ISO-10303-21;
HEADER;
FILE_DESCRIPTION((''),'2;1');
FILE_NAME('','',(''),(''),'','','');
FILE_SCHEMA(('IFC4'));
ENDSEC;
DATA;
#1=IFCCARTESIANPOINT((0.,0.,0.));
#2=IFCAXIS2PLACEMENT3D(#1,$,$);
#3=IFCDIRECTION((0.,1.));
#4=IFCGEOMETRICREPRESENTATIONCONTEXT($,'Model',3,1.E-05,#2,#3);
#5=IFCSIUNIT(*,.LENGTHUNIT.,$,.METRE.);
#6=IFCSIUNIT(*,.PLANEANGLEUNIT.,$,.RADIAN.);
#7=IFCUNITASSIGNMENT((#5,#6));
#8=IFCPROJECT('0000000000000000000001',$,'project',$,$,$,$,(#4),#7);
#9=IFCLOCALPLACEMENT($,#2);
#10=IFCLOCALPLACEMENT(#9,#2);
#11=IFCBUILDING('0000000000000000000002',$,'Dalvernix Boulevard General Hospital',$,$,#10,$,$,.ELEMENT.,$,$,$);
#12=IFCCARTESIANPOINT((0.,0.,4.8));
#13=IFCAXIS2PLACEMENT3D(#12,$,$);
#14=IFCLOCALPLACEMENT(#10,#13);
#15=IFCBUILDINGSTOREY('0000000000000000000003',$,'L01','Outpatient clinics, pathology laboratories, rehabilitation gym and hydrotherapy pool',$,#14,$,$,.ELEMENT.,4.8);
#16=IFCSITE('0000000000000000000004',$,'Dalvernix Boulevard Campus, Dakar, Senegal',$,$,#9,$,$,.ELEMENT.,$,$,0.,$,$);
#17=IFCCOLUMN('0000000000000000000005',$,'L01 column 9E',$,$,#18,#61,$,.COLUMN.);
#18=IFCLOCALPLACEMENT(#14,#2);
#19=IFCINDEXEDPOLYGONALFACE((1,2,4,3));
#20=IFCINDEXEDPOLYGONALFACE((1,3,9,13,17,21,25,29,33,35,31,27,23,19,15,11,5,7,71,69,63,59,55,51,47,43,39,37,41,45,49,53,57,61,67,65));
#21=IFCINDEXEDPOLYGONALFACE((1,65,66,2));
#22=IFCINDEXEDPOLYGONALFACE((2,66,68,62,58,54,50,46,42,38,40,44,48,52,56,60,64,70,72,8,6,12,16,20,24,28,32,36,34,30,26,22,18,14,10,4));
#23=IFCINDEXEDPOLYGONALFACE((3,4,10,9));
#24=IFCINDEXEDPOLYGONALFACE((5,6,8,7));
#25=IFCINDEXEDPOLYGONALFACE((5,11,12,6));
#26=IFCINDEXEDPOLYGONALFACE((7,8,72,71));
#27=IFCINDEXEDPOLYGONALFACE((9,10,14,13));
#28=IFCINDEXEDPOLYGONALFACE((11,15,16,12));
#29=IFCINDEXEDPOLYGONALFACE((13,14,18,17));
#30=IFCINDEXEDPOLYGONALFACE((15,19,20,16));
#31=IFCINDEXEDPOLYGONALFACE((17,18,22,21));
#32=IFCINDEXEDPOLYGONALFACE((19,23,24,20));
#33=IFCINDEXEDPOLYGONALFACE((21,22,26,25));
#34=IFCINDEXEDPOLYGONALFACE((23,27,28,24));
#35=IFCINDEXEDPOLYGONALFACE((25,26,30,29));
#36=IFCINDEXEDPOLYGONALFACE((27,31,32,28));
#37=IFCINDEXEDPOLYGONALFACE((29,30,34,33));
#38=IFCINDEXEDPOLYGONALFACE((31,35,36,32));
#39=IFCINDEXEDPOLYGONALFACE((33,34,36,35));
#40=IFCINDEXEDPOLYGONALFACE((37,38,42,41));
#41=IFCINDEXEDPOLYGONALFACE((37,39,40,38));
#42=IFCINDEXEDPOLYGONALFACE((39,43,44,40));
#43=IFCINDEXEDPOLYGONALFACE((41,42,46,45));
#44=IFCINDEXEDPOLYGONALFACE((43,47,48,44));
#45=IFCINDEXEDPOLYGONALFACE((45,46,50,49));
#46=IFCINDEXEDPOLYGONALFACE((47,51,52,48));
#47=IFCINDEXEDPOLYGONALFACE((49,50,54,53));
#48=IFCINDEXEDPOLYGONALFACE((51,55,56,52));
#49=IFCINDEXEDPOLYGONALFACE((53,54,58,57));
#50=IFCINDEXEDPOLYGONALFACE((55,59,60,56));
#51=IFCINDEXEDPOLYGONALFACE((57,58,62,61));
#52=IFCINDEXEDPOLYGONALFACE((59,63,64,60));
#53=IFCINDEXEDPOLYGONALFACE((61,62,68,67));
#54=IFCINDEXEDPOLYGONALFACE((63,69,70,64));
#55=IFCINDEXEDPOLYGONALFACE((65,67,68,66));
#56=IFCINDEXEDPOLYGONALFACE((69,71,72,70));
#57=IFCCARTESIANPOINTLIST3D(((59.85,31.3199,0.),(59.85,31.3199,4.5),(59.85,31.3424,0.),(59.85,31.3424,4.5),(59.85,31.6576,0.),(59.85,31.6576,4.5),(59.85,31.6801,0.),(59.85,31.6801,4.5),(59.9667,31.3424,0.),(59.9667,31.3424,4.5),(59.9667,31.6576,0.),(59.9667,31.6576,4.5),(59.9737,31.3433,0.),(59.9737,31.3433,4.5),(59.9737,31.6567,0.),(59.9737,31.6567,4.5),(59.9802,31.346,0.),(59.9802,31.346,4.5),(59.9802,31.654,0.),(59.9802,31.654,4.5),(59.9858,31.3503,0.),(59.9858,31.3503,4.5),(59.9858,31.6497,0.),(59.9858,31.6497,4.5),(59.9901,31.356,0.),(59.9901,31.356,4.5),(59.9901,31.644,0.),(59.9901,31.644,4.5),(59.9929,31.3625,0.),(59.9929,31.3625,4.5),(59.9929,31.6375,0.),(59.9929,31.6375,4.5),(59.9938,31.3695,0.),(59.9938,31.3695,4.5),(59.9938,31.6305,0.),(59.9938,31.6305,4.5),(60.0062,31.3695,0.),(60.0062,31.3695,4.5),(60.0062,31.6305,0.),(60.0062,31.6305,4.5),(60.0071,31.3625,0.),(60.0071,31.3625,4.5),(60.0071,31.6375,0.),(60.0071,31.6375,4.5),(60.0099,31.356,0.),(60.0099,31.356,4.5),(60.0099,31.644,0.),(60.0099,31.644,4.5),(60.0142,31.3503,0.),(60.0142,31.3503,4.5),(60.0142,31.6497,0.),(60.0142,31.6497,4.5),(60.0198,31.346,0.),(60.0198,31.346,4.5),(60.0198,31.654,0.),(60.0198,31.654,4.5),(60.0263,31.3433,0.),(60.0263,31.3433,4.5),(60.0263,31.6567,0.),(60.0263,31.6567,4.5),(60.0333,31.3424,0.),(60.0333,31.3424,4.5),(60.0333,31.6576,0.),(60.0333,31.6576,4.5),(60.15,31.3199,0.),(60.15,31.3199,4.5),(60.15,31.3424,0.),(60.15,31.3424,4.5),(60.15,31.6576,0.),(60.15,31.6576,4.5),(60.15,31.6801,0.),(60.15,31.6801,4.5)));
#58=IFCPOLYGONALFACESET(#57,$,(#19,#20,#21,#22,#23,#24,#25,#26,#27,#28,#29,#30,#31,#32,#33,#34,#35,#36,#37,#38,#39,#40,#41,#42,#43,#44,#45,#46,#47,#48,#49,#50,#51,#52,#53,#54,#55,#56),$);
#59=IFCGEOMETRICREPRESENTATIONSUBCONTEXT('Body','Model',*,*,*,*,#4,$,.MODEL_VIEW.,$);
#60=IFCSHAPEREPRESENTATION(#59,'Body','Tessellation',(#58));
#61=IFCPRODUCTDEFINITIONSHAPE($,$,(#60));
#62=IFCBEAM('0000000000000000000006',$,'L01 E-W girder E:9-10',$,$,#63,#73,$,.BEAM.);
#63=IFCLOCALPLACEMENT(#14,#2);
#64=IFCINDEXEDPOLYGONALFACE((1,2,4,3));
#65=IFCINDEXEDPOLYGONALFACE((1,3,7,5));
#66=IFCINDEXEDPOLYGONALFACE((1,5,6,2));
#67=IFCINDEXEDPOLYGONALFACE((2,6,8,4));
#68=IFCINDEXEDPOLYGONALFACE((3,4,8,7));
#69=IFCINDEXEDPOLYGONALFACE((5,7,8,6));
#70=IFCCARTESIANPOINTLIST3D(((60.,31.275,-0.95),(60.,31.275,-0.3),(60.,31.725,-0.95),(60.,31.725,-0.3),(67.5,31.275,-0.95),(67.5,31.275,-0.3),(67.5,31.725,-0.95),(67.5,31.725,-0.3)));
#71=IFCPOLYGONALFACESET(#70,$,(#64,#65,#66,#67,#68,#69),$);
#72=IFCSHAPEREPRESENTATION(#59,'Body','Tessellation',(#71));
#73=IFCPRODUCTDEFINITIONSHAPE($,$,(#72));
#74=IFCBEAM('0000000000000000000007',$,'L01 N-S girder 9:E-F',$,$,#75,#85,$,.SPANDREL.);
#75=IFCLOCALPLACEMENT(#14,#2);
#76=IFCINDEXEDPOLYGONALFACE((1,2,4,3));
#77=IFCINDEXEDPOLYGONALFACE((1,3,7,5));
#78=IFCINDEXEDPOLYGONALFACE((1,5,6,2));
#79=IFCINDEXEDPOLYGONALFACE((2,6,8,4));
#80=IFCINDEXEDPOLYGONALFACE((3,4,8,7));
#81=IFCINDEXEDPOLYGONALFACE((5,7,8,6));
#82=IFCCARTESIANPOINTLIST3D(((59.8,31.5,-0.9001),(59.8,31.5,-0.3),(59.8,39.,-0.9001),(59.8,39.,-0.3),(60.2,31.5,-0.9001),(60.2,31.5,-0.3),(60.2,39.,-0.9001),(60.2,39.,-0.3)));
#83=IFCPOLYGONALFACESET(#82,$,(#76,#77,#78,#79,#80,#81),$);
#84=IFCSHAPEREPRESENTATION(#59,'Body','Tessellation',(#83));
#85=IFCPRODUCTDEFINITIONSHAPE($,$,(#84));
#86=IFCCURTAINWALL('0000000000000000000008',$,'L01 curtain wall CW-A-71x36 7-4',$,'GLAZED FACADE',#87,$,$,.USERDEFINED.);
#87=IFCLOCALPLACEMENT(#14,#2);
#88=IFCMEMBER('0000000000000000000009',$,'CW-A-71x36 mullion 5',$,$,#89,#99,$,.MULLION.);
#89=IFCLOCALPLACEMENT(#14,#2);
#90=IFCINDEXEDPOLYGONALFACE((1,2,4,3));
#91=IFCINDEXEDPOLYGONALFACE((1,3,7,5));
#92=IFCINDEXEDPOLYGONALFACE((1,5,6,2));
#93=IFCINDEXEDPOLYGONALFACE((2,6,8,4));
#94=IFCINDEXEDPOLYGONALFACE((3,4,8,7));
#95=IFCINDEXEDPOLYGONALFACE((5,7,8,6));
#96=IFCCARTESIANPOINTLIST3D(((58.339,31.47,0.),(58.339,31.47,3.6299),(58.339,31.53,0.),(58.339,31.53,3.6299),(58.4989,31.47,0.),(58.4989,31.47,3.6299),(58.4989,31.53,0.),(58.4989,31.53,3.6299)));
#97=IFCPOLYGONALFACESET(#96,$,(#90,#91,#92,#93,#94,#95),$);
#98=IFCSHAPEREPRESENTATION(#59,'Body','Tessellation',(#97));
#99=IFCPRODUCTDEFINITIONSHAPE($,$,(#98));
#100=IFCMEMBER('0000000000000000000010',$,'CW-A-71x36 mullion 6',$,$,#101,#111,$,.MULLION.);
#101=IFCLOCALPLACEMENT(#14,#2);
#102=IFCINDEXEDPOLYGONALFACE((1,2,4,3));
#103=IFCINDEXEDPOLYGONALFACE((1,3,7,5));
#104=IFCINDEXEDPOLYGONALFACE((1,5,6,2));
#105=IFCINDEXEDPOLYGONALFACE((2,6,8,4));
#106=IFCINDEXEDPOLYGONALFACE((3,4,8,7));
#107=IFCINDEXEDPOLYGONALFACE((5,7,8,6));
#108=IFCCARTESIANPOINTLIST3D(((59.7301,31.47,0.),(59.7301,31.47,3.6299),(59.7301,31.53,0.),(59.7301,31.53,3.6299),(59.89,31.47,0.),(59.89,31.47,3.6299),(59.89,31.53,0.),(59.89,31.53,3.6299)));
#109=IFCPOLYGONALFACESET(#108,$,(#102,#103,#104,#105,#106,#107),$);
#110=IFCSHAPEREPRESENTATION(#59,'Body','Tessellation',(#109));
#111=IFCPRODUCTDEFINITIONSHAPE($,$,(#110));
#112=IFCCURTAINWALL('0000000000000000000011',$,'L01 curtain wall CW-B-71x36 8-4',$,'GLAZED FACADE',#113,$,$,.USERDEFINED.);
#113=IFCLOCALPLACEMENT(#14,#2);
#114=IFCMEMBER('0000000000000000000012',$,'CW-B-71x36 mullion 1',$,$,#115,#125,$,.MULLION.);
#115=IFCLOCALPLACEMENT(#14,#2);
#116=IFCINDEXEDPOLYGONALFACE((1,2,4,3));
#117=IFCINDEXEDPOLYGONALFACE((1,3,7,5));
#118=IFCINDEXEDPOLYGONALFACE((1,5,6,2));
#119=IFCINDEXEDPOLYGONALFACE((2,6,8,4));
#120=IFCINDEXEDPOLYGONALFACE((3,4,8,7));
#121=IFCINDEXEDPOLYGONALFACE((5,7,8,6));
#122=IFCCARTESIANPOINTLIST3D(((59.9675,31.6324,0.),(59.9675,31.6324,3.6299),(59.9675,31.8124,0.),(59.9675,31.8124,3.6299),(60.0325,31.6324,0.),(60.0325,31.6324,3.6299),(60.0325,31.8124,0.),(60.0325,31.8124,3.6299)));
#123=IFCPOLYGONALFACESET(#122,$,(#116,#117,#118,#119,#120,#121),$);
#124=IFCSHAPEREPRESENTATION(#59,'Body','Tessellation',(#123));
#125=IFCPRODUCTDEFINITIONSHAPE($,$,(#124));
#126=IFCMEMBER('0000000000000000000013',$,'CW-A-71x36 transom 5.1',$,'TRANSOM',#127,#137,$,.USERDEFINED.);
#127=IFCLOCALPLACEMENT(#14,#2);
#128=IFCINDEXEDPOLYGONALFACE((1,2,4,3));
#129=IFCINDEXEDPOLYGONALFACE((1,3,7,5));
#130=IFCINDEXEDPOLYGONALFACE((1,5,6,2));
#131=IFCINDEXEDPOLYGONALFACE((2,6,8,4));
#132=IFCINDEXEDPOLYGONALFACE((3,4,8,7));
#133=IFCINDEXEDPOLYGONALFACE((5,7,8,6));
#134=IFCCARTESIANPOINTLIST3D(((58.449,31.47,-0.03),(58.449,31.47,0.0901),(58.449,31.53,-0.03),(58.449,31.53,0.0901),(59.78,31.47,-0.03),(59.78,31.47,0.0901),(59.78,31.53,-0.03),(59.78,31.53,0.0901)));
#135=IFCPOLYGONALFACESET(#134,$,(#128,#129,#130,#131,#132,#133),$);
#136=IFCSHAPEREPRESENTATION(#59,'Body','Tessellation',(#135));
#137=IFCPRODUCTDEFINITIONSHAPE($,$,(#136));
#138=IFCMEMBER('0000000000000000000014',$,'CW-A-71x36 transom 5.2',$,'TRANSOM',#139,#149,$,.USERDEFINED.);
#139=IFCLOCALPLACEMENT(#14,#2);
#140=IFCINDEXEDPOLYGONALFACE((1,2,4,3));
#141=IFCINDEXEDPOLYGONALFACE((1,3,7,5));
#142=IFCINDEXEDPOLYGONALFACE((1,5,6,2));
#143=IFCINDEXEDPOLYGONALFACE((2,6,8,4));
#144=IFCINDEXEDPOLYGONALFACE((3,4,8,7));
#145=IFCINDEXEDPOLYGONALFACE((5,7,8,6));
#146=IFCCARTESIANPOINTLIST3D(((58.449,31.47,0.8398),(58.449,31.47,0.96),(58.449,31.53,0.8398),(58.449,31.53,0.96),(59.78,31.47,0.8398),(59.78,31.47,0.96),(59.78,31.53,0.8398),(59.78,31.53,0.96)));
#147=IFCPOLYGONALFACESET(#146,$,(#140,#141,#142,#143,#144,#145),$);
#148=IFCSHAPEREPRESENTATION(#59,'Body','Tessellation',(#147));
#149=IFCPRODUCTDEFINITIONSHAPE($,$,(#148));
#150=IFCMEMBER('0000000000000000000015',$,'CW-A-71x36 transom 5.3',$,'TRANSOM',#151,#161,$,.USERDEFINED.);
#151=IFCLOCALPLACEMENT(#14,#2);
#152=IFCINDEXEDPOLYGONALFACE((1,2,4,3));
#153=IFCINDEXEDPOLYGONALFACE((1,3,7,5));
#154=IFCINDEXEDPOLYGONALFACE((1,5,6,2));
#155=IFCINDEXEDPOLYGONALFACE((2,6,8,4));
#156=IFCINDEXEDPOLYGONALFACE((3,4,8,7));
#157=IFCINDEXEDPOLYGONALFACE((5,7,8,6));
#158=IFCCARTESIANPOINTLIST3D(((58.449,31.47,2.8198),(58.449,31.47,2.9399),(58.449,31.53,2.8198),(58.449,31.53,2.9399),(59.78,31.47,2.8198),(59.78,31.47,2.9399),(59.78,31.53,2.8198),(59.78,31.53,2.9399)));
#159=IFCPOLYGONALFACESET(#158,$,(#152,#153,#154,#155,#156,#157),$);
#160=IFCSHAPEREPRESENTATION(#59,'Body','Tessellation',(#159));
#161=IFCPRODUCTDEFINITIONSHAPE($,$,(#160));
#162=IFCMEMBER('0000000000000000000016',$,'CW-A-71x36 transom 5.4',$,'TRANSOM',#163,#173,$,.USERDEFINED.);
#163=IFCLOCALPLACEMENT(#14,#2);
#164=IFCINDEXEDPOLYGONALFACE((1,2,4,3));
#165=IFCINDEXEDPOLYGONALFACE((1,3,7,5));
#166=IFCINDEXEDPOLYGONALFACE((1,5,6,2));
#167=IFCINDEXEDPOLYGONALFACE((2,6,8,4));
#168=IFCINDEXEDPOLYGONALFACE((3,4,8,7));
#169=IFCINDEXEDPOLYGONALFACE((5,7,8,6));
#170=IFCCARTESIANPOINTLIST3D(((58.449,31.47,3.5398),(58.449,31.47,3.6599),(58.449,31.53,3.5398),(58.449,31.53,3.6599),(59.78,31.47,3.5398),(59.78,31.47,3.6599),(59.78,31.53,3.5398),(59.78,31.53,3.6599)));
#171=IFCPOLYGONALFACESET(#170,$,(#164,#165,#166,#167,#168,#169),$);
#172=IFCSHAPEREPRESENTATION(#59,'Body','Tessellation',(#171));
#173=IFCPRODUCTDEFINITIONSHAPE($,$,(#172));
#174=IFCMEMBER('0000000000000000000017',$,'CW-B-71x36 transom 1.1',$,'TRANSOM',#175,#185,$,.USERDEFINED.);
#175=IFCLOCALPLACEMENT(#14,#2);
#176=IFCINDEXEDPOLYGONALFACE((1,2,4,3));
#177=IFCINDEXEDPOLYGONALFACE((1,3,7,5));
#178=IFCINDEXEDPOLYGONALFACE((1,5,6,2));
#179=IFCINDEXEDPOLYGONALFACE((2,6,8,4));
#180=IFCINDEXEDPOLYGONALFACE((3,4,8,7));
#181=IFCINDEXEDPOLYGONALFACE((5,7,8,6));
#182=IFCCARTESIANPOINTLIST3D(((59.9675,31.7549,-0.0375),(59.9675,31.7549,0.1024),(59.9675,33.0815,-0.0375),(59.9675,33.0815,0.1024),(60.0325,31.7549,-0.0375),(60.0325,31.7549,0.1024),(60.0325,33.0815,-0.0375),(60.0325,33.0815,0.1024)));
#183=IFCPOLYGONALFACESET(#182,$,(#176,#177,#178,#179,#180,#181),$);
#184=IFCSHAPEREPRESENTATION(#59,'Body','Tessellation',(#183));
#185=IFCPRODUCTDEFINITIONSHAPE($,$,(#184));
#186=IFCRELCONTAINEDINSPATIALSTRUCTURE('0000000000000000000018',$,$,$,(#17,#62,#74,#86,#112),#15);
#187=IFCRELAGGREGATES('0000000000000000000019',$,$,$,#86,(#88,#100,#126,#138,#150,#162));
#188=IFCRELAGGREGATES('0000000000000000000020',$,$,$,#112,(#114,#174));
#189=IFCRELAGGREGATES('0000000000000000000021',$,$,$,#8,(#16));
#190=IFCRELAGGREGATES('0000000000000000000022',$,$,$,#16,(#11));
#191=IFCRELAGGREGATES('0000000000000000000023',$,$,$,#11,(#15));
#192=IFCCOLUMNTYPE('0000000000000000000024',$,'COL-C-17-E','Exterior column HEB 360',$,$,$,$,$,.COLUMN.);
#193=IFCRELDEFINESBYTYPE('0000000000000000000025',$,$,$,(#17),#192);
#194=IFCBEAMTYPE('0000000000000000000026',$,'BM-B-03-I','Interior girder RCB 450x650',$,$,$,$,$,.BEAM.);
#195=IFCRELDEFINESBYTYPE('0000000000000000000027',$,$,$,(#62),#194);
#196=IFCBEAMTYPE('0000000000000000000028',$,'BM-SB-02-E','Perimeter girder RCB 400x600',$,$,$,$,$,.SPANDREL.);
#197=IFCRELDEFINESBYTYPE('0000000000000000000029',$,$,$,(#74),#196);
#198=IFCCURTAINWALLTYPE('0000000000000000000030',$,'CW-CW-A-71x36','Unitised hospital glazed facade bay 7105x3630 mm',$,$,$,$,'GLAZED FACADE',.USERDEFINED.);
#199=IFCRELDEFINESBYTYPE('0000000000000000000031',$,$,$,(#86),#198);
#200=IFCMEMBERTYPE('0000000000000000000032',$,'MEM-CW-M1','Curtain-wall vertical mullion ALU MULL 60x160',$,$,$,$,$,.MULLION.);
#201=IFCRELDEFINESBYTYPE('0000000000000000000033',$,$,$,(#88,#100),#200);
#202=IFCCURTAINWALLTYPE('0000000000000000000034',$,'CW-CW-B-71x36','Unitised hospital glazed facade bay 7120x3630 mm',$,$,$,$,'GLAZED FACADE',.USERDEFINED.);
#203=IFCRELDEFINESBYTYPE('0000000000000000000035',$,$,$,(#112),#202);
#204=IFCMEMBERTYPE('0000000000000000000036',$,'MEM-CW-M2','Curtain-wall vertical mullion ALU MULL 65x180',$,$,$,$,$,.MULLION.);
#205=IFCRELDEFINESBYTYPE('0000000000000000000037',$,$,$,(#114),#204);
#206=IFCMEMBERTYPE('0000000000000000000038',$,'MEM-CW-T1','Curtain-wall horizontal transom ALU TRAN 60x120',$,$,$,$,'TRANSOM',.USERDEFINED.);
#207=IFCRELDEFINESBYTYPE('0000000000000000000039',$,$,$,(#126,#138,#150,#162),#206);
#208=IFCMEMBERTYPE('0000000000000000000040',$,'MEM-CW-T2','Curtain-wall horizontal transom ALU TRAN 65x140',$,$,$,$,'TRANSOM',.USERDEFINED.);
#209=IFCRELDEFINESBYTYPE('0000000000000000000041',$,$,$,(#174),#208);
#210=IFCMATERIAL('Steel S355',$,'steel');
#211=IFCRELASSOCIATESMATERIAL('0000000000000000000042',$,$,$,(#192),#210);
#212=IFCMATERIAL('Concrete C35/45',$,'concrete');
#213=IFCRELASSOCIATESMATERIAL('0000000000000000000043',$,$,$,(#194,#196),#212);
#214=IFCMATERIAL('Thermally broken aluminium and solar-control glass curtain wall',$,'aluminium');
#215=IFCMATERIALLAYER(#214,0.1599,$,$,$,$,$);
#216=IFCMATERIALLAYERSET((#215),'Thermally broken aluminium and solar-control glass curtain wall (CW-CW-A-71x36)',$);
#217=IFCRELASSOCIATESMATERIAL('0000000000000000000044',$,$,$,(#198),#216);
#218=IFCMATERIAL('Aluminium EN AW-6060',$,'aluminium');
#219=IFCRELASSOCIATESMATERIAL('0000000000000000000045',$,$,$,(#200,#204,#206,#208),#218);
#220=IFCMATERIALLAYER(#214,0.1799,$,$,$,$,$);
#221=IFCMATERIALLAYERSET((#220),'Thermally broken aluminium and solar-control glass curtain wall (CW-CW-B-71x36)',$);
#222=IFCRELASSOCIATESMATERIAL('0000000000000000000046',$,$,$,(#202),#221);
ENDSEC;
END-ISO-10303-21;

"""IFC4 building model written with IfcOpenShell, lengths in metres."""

from ifc_helpers import new_model, si_unit, direction, frame, origin, origin_2d, place, context, subcontext, project, spatial, rectangle, i_section, extrude, material, layer, layer_set, material_profile, profile_set, type_object, element, aggregate, save


model = new_model("IFC4")

# Units and contexts
model_context = context("Model", 3, precision=1e-05, world=origin(), true_north=direction((0.0, 1.0)))
body_context = subcontext(model_context, "Body", "Model", "MODEL_VIEW")
ifc_project = project(units=[si_unit("LENGTHUNIT", "METRE"), si_unit("PLANEANGLEUNIT", "RADIAN")], contexts=[model_context])

# Site, building, storey
site_placement = place(None, origin())
site = spatial("IfcSite", under=ifc_project, at=site_placement, Name="Dalvernix Boulevard Campus, Dakar, Senegal", CompositionType="ELEMENT", RefElevation=0.0)
building_placement = place(site_placement, origin())
building = spatial("IfcBuilding", under=site, at=building_placement, Name="Dalvernix Boulevard General Hospital", CompositionType="ELEMENT")
storey_placement = place(building_placement, frame((0.0, 0.0, 4.8)))
storey = spatial("IfcBuildingStorey", under=building, at=storey_placement, Name="L01", Description="Outpatient clinics, pathology laboratories, rehabilitation gym and hydrotherapy pool", CompositionType="ELEMENT", Elevation=4.8)

# Column
ifc_material_1 = material(Name="Steel S355", Category="steel")
ifc_material_profile_1 = material_profile(ifc_material_1, i_section(OverallWidth=0.3, OverallDepth=0.3601, WebThickness=0.0125, FlangeThickness=0.0225, FilletRadius=0.0271, at=origin_2d()), Name="HEB 360")
ifc_profile_set_1 = profile_set([ifc_material_profile_1], Name="Steel S355")
column_type = type_object("IfcColumnType", Name="COL-C-17-E", Description="Exterior column HEB 360", PredefinedType="COLUMN", material=ifc_profile_set_1)
column_placement = place(storey_placement, frame((60.0, 31.5, 0.0), z_axis=(0.0, 0.0, 1.0), x_axis=(1.0, 0.0, 0.0)))
element("IfcColumn", 1, at=column_placement, inside=storey, type_object=column_type, Name="L01 column 9E", PredefinedType="COLUMN", context=body_context, shape_type="SweptSolid", body=[
    extrude(i_section(OverallWidth=0.3, OverallDepth=0.3601, WebThickness=0.0125, FlangeThickness=0.0225, FilletRadius=0.0271, at=origin_2d()), origin(), (0.0, 0.0, 1.0), 4.5),
])

# Beams
ifc_material_2 = material(Name="Concrete C35/45", Category="concrete")
ifc_material_profile_2 = material_profile(ifc_material_2, rectangle(XDim=0.45, YDim=0.6499, at=origin_2d()), Name="RCB 450x650")
ifc_profile_set_2 = profile_set([ifc_material_profile_2], Name="Concrete C35/45")
beam_type_1 = type_object("IfcBeamType", Name="BM-B-03-I", Description="Interior girder RCB 450x650", PredefinedType="BEAM", material=ifc_profile_set_2)
beam_1_placement = place(storey_placement, frame((60.0, 31.5, -0.625), z_axis=(1.0, 0.0, 0.0), x_axis=(0.0, 1.0, 0.0)))
element("IfcBeam", 2, at=beam_1_placement, inside=storey, type_object=beam_type_1, Name="L01 E-W girder E:9-10", PredefinedType="BEAM", context=body_context, shape_type="SweptSolid", body=[
    extrude(rectangle(XDim=0.45, YDim=0.6499, at=origin_2d()), origin(), (0.0, 0.0, 1.0), 7.5),
])
ifc_material_profile_3 = material_profile(ifc_material_2, rectangle(XDim=0.3999, YDim=0.6001, at=origin_2d()), Name="RCB 400x600")
ifc_profile_set_3 = profile_set([ifc_material_profile_3], Name="Concrete C35/45")
beam_type_2 = type_object("IfcBeamType", Name="BM-SB-02-E", Description="Perimeter girder RCB 400x600", PredefinedType="SPANDREL", material=ifc_profile_set_3)
beam_2_placement = place(storey_placement, frame((60.0, 31.5, -0.6001), z_axis=(0.0, 1.0, 0.0), x_axis=(-1.0, 0.0, 0.0)))
element("IfcBeam", 3, at=beam_2_placement, inside=storey, type_object=beam_type_2, Name="L01 N-S girder 9:E-F", PredefinedType="SPANDREL", context=body_context, shape_type="SweptSolid", body=[
    extrude(rectangle(XDim=0.3999, YDim=0.6001, at=origin_2d()), origin(), (0.0, 0.0, 1.0), 7.5),
])

# Curtain wall, members
ifc_material_3 = material(Name="Thermally broken aluminium and solar-control glass curtain wall", Category="aluminium")
ifc_layer_1 = layer(ifc_material_3, 0.1599)
ifc_layer_set_1 = layer_set([ifc_layer_1], Name="Thermally broken aluminium and solar-control glass curtain wall (CW-CW-A-71x36)")
curtain_wall_type_1 = type_object("IfcCurtainWallType", Name="CW-CW-A-71x36", Description="Unitised hospital glazed facade bay 7105x3630 mm", ElementType="GLAZED FACADE", PredefinedType="USERDEFINED", material=ifc_layer_set_1)
curtain_wall_1_placement = place(storey_placement, origin())
curtain_wall_1 = element("IfcCurtainWall", 4, at=curtain_wall_1_placement, inside=storey, type_object=curtain_wall_type_1, Name="L01 curtain wall CW-A-71x36 7-4", ObjectType="GLAZED FACADE", PredefinedType="USERDEFINED")
ifc_material_4 = material(Name="Aluminium EN AW-6060", Category="aluminium")
ifc_material_profile_4 = material_profile(ifc_material_4, rectangle(XDim=0.0601, YDim=0.1599, at=origin_2d()), Name="ALU MULL 60x160")
ifc_profile_set_4 = profile_set([ifc_material_profile_4], Name="Aluminium EN AW-6060")
member_type_1 = type_object("IfcMemberType", Name="MEM-CW-M1", Description="Curtain-wall vertical mullion ALU MULL 60x160", PredefinedType="MULLION", material=ifc_profile_set_4)
member_1_placement = place(storey_placement, frame((58.4189, 31.5, 0.0), z_axis=(0.0, 0.0, 1.0), x_axis=(0.0, 1.0, 0.0)))
member_1 = element("IfcMember", 5, at=member_1_placement, type_object=member_type_1, Name="CW-A-71x36 mullion 5", PredefinedType="MULLION", context=body_context, shape_type="SweptSolid", body=[
    extrude(rectangle(XDim=0.0601, YDim=0.1599, at=origin_2d()), origin(), (0.0, 0.0, 1.0), 3.6299),
])
member_2_placement = place(storey_placement, frame((59.8101, 31.5, 0.0), z_axis=(0.0, 0.0, 1.0), x_axis=(0.0, 1.0, 0.0)))
member_2 = element("IfcMember", 6, at=member_2_placement, type_object=member_type_1, Name="CW-A-71x36 mullion 6", PredefinedType="MULLION", context=body_context, shape_type="SweptSolid", body=[
    extrude(rectangle(XDim=0.0601, YDim=0.1599, at=origin_2d()), origin(), (0.0, 0.0, 1.0), 3.6299),
])

# Curtain wall, member
ifc_layer_2 = layer(ifc_material_3, 0.1799)
ifc_layer_set_2 = layer_set([ifc_layer_2], Name="Thermally broken aluminium and solar-control glass curtain wall (CW-CW-B-71x36)")
curtain_wall_type_2 = type_object("IfcCurtainWallType", Name="CW-CW-B-71x36", Description="Unitised hospital glazed facade bay 7120x3630 mm", ElementType="GLAZED FACADE", PredefinedType="USERDEFINED", material=ifc_layer_set_2)
curtain_wall_2_placement = place(storey_placement, origin())
curtain_wall_2 = element("IfcCurtainWall", 7, at=curtain_wall_2_placement, inside=storey, type_object=curtain_wall_type_2, Name="L01 curtain wall CW-B-71x36 8-4", ObjectType="GLAZED FACADE", PredefinedType="USERDEFINED")
ifc_material_profile_5 = material_profile(ifc_material_4, rectangle(XDim=0.0649, YDim=0.1799, at=origin_2d()), Name="ALU MULL 65x180")
ifc_profile_set_5 = profile_set([ifc_material_profile_5], Name="Aluminium EN AW-6060")
member_type_2 = type_object("IfcMemberType", Name="MEM-CW-M2", Description="Curtain-wall vertical mullion ALU MULL 65x180", PredefinedType="MULLION", material=ifc_profile_set_5)
member_3_placement = place(storey_placement, frame((60.0, 31.7224, 0.0), z_axis=(0.0, 0.0, 1.0), x_axis=(-1.0, 0.0, 0.0)))
member_3 = element("IfcMember", 8, at=member_3_placement, type_object=member_type_2, Name="CW-B-71x36 mullion 1", PredefinedType="MULLION", context=body_context, shape_type="SweptSolid", body=[
    extrude(rectangle(XDim=0.0649, YDim=0.1799, at=origin_2d()), origin(), (0.0, 0.0, 1.0), 3.6299),
])

# Members
ifc_material_profile_6 = material_profile(ifc_material_4, rectangle(XDim=0.0601, YDim=0.1201, at=origin_2d()), Name="ALU TRAN 60x120")
ifc_profile_set_6 = profile_set([ifc_material_profile_6], Name="Aluminium EN AW-6060")
member_type_3 = type_object("IfcMemberType", Name="MEM-CW-T1", Description="Curtain-wall horizontal transom ALU TRAN 60x120", ElementType="TRANSOM", PredefinedType="USERDEFINED", material=ifc_profile_set_6)
member_4_placement = place(storey_placement, frame((58.449, 31.5, 0.03), z_axis=(1.0, 0.0, 0.0), x_axis=(0.0, 1.0, 0.0)))
member_4 = element("IfcMember", 9, at=member_4_placement, type_object=member_type_3, Name="CW-A-71x36 transom 5.1", ObjectType="TRANSOM", PredefinedType="USERDEFINED", context=body_context, shape_type="SweptSolid", body=[
    extrude(rectangle(XDim=0.0601, YDim=0.1201, at=origin_2d()), origin(), (0.0, 0.0, 1.0), 1.3311),
])
member_5_placement = place(storey_placement, frame((58.449, 31.5, 0.8999), z_axis=(1.0, 0.0, 0.0), x_axis=(0.0, 1.0, 0.0)))
member_5 = element("IfcMember", 10, at=member_5_placement, type_object=member_type_3, Name="CW-A-71x36 transom 5.2", ObjectType="TRANSOM", PredefinedType="USERDEFINED", context=body_context, shape_type="SweptSolid", body=[
    extrude(rectangle(XDim=0.0601, YDim=0.1201, at=origin_2d()), origin(), (0.0, 0.0, 1.0), 1.3311),
])
member_6_placement = place(storey_placement, frame((58.449, 31.5, 2.8799), z_axis=(1.0, 0.0, 0.0), x_axis=(0.0, 1.0, 0.0)))
member_6 = element("IfcMember", 11, at=member_6_placement, type_object=member_type_3, Name="CW-A-71x36 transom 5.3", ObjectType="TRANSOM", PredefinedType="USERDEFINED", context=body_context, shape_type="SweptSolid", body=[
    extrude(rectangle(XDim=0.0601, YDim=0.1201, at=origin_2d()), origin(), (0.0, 0.0, 1.0), 1.3311),
])
member_7_placement = place(storey_placement, frame((58.449, 31.5, 3.5999), z_axis=(1.0, 0.0, 0.0), x_axis=(0.0, 1.0, 0.0)))
member_7 = element("IfcMember", 12, at=member_7_placement, type_object=member_type_3, Name="CW-A-71x36 transom 5.4", ObjectType="TRANSOM", PredefinedType="USERDEFINED", context=body_context, shape_type="SweptSolid", body=[
    extrude(rectangle(XDim=0.0601, YDim=0.1201, at=origin_2d()), origin(), (0.0, 0.0, 1.0), 1.3311),
])
ifc_material_profile_7 = material_profile(ifc_material_4, rectangle(XDim=0.0649, YDim=0.1399, at=origin_2d()), Name="ALU TRAN 65x140")
ifc_profile_set_7 = profile_set([ifc_material_profile_7], Name="Aluminium EN AW-6060")
member_type_4 = type_object("IfcMemberType", Name="MEM-CW-T2", Description="Curtain-wall horizontal transom ALU TRAN 65x140", ElementType="TRANSOM", PredefinedType="USERDEFINED", material=ifc_profile_set_7)
member_8_placement = place(storey_placement, frame((60.0, 31.7549, 0.0325), z_axis=(0.0, 1.0, 0.0), x_axis=(-1.0, 0.0, 0.0)))
member_8 = element("IfcMember", 13, at=member_8_placement, type_object=member_type_4, Name="CW-B-71x36 transom 1.1", ObjectType="TRANSOM", PredefinedType="USERDEFINED", context=body_context, shape_type="SweptSolid", body=[
    extrude(rectangle(XDim=0.0649, YDim=0.1399, at=origin_2d()), origin(), (0.0, 0.0, 1.0), 1.3267),
])

aggregate(curtain_wall_1, [member_1, member_2, member_4, member_5, member_6, member_7])
aggregate(curtain_wall_2, [member_3, member_8])

save(model, "model.ifc")
